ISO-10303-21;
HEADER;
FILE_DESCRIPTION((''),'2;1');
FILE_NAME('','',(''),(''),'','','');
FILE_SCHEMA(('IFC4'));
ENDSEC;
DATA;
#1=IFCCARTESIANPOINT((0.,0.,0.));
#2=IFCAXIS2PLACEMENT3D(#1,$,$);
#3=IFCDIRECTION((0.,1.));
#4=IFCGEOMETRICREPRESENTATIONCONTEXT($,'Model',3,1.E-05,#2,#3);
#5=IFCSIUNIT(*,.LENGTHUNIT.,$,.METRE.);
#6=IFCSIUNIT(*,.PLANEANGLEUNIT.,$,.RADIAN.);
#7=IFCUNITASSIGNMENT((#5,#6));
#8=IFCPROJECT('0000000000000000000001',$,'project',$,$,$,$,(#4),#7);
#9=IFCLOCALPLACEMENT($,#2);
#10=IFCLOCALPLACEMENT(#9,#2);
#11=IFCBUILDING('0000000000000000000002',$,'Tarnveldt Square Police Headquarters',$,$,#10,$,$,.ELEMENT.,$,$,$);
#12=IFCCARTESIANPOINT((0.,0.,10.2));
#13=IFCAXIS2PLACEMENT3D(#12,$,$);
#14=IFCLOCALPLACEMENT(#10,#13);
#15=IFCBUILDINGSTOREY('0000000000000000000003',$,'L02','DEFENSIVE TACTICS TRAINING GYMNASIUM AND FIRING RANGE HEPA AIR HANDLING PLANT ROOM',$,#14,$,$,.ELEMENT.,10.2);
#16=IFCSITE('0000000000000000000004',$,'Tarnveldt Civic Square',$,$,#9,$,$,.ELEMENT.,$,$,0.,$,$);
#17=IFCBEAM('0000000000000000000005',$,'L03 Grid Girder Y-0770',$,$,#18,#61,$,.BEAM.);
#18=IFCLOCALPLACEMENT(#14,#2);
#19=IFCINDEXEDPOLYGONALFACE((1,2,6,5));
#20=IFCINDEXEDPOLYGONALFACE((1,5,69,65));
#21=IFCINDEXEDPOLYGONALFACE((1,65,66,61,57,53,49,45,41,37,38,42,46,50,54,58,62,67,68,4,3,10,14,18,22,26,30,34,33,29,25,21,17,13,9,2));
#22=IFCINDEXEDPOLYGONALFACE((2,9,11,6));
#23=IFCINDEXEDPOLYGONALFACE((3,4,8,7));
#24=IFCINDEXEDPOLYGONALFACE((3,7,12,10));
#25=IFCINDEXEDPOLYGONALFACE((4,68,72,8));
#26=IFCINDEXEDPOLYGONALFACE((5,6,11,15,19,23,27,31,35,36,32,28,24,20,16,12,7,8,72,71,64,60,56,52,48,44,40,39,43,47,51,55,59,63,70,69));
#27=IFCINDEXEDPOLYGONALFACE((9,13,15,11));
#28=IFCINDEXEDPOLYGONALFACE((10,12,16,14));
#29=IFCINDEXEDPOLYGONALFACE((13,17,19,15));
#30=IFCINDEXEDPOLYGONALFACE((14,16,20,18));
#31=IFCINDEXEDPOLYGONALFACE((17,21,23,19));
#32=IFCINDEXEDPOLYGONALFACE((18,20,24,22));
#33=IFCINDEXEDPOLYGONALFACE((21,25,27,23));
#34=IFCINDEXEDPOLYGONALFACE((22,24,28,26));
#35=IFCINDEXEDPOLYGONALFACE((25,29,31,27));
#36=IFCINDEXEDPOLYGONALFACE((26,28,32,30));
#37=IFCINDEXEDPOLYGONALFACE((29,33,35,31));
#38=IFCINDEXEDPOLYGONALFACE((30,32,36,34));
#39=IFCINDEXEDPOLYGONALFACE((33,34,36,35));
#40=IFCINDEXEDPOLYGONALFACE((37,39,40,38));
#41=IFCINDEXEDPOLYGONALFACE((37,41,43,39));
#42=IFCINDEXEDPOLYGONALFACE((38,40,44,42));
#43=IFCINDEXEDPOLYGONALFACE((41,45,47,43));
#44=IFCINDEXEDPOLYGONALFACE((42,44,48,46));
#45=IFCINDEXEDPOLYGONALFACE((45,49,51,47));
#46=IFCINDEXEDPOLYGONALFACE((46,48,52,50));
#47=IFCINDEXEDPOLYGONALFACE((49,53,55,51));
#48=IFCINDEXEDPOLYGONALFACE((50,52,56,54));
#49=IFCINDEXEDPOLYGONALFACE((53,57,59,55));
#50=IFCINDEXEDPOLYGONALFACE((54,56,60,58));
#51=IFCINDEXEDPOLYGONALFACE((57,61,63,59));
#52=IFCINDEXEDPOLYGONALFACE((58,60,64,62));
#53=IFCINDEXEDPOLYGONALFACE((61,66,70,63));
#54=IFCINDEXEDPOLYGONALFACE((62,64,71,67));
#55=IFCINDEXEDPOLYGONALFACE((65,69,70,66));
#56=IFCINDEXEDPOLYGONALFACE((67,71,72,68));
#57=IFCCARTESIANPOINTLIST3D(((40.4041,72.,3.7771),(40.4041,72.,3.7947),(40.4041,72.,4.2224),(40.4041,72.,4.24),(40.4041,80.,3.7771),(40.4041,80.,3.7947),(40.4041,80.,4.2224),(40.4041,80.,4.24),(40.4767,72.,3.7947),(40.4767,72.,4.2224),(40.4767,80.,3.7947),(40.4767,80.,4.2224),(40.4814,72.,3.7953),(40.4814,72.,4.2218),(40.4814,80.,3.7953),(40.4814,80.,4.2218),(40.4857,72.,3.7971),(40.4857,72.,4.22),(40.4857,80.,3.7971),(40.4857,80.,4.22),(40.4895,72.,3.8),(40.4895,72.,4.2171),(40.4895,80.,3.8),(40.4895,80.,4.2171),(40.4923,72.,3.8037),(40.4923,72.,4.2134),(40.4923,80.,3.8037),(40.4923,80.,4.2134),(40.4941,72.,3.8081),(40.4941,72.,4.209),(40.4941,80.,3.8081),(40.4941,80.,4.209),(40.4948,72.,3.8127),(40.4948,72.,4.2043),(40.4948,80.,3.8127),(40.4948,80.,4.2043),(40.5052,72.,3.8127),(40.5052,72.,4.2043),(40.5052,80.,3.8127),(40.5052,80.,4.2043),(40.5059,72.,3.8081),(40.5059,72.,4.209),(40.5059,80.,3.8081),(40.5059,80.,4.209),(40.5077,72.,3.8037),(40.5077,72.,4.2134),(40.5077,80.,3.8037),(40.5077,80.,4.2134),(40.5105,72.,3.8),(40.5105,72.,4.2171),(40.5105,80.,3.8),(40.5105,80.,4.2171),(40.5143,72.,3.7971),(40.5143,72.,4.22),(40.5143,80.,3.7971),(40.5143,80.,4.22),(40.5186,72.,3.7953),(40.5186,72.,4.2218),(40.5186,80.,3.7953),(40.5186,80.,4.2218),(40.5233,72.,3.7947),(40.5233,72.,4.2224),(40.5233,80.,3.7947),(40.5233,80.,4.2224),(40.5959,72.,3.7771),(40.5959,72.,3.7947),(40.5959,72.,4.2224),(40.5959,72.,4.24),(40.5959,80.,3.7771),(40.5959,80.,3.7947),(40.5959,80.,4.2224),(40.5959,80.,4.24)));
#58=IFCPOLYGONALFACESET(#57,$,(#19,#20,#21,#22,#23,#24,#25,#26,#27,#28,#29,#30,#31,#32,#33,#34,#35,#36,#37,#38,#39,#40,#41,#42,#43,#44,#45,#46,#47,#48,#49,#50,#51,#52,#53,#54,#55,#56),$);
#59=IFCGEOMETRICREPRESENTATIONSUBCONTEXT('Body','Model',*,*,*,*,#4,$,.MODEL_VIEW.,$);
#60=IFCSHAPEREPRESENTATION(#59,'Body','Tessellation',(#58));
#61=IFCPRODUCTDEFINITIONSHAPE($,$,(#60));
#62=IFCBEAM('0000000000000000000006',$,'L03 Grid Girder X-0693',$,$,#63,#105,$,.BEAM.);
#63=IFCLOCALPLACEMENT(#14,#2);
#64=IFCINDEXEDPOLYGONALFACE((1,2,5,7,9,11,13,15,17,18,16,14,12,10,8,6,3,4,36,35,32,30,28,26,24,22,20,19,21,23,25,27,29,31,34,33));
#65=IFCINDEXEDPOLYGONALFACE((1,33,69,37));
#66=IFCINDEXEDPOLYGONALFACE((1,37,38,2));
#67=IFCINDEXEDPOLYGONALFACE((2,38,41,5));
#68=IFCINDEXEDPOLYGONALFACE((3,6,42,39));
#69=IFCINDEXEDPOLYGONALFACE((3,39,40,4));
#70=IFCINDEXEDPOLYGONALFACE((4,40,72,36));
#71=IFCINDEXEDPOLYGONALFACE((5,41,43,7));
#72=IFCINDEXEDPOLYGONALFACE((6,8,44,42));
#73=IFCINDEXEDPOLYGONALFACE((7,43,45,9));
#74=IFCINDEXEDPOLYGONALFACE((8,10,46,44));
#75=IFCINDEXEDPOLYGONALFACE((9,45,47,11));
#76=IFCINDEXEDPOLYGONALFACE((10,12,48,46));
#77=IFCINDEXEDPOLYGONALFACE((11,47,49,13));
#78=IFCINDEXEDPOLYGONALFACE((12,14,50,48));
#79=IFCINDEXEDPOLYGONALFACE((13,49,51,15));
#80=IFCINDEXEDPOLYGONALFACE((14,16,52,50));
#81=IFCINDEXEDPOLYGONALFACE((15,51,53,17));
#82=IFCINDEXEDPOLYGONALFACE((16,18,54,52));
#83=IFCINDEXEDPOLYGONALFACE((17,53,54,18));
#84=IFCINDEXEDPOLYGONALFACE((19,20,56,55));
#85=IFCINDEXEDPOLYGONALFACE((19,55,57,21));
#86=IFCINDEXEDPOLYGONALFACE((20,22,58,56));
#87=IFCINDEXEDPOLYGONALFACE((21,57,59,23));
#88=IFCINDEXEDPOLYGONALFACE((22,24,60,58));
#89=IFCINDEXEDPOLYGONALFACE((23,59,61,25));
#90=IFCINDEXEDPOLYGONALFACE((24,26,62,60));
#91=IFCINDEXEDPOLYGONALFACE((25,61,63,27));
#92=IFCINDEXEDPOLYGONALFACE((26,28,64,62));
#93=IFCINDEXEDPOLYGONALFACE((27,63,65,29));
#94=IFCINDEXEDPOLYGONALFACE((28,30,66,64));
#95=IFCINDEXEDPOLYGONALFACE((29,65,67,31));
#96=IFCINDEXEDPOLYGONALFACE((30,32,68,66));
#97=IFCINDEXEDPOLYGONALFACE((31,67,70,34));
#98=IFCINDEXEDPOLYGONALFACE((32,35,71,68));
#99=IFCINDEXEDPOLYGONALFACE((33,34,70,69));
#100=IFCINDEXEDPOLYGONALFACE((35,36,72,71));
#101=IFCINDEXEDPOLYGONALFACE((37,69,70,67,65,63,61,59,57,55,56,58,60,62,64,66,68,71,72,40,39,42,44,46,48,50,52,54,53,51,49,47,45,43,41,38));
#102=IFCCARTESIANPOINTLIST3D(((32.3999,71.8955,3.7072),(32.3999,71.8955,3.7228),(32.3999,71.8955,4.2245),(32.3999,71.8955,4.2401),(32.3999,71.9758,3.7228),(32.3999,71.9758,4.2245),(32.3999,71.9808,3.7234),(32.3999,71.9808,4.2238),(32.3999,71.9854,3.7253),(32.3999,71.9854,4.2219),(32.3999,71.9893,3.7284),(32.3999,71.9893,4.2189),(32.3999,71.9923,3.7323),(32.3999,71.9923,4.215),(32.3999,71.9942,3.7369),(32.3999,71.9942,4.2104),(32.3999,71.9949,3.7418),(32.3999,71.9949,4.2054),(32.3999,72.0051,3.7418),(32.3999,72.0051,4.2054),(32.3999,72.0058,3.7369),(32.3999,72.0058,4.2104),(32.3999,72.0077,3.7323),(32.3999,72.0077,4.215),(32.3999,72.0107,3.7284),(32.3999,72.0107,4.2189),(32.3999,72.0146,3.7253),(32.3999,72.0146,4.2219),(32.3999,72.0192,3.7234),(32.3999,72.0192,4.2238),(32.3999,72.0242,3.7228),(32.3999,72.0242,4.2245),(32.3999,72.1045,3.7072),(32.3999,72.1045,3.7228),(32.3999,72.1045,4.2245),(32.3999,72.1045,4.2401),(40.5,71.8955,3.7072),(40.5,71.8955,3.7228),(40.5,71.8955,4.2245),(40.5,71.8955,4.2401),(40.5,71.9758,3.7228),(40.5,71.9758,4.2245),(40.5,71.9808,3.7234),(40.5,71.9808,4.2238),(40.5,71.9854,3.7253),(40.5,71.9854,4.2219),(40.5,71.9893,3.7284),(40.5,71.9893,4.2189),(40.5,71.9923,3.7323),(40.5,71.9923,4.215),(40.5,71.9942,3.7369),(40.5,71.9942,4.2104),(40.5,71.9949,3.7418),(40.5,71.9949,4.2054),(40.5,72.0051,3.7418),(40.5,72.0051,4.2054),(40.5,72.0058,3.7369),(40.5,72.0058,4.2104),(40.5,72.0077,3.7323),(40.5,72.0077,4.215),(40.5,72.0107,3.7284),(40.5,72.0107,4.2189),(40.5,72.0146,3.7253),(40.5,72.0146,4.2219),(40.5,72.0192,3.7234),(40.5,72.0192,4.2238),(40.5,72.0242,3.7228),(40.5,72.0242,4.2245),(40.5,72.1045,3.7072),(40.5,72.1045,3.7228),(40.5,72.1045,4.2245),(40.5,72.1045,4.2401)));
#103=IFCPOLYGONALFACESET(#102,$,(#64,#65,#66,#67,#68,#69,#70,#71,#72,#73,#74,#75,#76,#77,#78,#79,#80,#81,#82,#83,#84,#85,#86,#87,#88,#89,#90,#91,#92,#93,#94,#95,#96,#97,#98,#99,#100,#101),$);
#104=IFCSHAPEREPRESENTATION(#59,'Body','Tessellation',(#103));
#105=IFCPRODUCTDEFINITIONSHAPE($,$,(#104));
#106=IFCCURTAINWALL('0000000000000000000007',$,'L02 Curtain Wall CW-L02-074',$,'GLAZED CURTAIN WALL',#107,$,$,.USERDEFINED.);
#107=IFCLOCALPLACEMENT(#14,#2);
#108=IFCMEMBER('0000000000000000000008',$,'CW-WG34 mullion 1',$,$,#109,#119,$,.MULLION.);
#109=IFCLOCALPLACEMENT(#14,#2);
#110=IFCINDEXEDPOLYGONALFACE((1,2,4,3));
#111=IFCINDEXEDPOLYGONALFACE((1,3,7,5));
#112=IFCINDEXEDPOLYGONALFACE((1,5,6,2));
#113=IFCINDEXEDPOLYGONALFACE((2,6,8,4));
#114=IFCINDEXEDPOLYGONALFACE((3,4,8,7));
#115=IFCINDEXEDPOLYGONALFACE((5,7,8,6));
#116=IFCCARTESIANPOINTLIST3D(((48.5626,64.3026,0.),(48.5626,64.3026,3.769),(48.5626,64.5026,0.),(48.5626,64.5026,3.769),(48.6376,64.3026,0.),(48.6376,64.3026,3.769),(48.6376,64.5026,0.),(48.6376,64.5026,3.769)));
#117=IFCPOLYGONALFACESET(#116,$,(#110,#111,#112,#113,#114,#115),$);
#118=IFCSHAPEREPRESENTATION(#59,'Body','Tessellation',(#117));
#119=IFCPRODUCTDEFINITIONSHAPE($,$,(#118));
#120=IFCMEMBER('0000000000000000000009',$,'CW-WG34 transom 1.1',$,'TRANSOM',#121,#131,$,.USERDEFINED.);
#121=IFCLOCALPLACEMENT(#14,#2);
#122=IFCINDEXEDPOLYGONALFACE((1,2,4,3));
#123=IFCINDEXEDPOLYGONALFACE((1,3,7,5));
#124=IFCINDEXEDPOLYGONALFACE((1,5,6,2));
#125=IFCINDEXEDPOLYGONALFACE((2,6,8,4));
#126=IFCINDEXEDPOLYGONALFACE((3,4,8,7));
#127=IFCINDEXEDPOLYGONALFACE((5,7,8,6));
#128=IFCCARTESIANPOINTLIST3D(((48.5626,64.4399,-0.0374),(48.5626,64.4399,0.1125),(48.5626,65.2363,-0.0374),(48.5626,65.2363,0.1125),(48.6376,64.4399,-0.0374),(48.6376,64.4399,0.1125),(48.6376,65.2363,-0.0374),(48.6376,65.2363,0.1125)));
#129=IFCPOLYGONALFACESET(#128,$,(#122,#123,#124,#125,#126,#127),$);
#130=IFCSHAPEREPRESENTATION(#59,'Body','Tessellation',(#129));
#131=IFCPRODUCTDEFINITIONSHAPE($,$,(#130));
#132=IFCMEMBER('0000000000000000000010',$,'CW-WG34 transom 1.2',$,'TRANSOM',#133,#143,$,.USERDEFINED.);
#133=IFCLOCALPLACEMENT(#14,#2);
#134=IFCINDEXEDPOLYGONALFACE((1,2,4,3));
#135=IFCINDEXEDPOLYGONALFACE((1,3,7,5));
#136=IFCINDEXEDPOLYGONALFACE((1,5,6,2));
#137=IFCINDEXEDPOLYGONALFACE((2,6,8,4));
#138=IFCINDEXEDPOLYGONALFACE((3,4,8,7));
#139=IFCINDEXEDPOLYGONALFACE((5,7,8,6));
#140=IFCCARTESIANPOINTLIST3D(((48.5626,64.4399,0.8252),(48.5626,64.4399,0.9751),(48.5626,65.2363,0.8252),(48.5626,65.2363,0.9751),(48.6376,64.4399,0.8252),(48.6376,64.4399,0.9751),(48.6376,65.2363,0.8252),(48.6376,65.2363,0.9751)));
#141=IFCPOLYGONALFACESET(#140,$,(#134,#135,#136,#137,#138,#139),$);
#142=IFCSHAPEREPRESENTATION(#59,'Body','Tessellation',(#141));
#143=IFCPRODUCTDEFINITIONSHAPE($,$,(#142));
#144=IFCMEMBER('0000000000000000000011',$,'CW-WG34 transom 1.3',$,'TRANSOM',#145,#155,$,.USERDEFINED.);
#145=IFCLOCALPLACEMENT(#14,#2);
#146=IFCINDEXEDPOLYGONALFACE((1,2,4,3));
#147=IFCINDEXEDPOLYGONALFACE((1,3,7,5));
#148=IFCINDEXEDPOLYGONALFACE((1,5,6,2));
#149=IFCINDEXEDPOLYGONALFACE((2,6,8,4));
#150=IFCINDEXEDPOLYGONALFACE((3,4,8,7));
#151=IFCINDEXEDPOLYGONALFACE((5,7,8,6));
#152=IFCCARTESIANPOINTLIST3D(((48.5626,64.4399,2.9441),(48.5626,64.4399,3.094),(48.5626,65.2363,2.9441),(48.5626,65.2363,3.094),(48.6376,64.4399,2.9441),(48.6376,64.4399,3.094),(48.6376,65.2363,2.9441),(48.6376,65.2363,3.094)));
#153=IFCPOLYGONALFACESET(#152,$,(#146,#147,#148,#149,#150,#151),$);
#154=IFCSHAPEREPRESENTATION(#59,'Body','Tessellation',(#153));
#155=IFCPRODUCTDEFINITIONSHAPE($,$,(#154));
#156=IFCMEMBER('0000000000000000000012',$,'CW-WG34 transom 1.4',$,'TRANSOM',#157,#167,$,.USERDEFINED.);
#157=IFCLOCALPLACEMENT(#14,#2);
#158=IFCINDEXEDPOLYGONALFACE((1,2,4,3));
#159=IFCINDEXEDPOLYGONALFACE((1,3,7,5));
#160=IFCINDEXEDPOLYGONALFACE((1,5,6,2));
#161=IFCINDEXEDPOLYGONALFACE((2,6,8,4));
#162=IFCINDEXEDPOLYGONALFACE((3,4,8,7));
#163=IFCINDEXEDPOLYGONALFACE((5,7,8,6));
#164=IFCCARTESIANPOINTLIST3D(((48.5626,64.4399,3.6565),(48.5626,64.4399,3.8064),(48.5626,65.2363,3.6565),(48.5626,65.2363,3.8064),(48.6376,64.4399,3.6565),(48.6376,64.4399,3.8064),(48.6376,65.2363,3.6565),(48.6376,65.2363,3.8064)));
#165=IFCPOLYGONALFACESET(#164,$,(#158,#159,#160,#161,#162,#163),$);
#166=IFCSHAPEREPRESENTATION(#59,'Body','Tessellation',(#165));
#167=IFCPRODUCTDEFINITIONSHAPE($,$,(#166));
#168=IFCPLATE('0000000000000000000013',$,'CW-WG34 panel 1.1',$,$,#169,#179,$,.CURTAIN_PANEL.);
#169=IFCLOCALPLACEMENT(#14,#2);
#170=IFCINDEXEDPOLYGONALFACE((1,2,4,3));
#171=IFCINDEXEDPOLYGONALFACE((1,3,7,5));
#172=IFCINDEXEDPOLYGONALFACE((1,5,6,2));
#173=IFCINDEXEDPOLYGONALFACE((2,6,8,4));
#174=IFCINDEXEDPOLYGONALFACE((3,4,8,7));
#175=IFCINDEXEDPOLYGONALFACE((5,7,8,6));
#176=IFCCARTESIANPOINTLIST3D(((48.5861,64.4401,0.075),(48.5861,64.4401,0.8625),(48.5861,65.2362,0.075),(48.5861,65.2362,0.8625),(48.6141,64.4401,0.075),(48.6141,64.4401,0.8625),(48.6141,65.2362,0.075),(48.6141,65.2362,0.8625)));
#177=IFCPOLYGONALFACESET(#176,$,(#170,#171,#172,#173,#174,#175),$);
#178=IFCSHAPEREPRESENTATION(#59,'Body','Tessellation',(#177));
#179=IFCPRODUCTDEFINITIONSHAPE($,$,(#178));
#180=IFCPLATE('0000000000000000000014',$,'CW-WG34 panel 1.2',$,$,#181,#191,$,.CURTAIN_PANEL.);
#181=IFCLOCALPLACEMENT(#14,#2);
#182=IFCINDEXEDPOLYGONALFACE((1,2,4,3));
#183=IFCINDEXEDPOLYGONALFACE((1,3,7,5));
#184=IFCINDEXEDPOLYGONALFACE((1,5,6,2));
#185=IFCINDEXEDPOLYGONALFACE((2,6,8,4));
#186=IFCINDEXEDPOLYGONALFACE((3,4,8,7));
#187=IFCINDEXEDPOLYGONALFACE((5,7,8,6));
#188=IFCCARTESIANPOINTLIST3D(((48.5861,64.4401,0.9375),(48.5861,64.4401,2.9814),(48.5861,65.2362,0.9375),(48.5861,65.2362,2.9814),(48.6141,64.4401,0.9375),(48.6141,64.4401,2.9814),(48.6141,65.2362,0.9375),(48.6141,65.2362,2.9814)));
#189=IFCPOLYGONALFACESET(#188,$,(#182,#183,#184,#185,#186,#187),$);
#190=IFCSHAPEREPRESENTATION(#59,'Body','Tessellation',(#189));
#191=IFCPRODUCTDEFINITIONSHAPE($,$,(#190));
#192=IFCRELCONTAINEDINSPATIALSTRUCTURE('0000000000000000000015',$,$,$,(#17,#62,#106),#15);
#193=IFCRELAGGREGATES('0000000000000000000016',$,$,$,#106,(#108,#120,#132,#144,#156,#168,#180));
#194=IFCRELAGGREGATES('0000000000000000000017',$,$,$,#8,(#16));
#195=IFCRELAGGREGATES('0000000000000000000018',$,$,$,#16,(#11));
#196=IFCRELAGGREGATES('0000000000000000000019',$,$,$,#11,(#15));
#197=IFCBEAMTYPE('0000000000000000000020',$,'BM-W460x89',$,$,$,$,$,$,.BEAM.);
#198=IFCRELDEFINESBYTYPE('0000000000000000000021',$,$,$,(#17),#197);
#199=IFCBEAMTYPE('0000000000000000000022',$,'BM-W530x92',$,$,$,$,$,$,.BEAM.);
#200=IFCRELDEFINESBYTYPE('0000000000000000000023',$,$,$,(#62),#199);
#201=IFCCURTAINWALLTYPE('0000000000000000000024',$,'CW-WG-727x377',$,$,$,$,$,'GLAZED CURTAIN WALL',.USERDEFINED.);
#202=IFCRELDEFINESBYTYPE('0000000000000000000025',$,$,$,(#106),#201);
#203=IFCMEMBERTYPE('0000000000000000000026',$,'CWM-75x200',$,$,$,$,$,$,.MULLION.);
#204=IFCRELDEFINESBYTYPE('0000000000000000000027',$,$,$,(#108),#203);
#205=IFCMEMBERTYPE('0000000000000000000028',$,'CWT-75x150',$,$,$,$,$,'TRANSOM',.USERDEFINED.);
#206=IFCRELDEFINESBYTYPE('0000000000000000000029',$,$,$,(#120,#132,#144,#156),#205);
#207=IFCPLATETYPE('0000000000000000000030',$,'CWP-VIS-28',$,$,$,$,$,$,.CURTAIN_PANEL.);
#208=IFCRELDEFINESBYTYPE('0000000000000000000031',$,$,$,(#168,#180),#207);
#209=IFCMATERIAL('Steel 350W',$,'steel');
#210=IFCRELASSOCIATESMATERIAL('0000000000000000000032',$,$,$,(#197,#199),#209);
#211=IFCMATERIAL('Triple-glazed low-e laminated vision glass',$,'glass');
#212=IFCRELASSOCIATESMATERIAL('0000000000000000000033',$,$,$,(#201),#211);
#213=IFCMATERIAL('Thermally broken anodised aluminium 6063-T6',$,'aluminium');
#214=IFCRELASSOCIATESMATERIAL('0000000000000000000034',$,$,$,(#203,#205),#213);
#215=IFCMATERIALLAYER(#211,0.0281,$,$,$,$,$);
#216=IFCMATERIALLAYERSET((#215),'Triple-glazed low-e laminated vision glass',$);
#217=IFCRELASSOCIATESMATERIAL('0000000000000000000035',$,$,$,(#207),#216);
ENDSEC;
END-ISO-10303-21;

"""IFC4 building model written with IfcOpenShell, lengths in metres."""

from ifc_helpers import new_model, si_unit, direction, frame, origin, origin_2d, place, context, subcontext, project, spatial, rectangle, i_section, extrude, material, layer, layer_set, material_profile, profile_set, type_object, element, aggregate, save


model = new_model("IFC4")

# Units and contexts
model_context = context("Model", 3, precision=1e-05, world=origin(), true_north=direction((0.0, 1.0)))
body_context = subcontext(model_context, "Body", "Model", "MODEL_VIEW")
ifc_project = project(units=[si_unit("LENGTHUNIT", "METRE"), si_unit("PLANEANGLEUNIT", "RADIAN")], contexts=[model_context])

# Site, building, storey
site_placement = place(None, origin())
site = spatial("IfcSite", under=ifc_project, at=site_placement, Name="Tarnveldt Civic Square", CompositionType="ELEMENT", RefElevation=0.0)
building_placement = place(site_placement, origin())
building = spatial("IfcBuilding", under=site, at=building_placement, Name="Tarnveldt Square Police Headquarters", CompositionType="ELEMENT")
storey_placement = place(building_placement, frame((0.0, 0.0, 10.2)))
storey = spatial("IfcBuildingStorey", under=building, at=storey_placement, Name="L02", Description="DEFENSIVE TACTICS TRAINING GYMNASIUM AND FIRING RANGE HEPA AIR HANDLING PLANT ROOM", CompositionType="ELEMENT", Elevation=10.2)

# Beams
ifc_material_1 = material(Name="Steel 350W", Category="steel")
ifc_material_profile_1 = material_profile(ifc_material_1, i_section(OverallWidth=0.1919, OverallDepth=0.4629, WebThickness=0.0105, FlangeThickness=0.0176, FilletRadius=0.0181, at=origin_2d()), Name="W460x89")
ifc_profile_set_1 = profile_set([ifc_material_profile_1], Name="Steel 350W")
beam_type_1 = type_object("IfcBeamType", Name="BM-W460x89", PredefinedType="BEAM", material=ifc_profile_set_1)
beam_1_placement = place(storey_placement, frame((40.5, 72.0, 4.0085), z_axis=(0.0, 1.0, 0.0), x_axis=(-1.0, 0.0, 0.0)))
element("IfcBeam", 1, at=beam_1_placement, inside=storey, type_object=beam_type_1, Name="L03 Grid Girder Y-0770", PredefinedType="BEAM", context=body_context, shape_type="SweptSolid", body=[
    extrude(i_section(OverallWidth=0.1919, OverallDepth=0.4629, WebThickness=0.0105, FlangeThickness=0.0176, FilletRadius=0.0181, at=origin_2d()), origin(), (0.0, 0.0, 1.0), 8.0),
])
ifc_material_profile_2 = material_profile(ifc_material_1, i_section(OverallWidth=0.209, OverallDepth=0.533, WebThickness=0.0103, FlangeThickness=0.0156, FilletRadius=0.019, at=origin_2d()), Name="W530x92")
ifc_profile_set_2 = profile_set([ifc_material_profile_2], Name="Steel 350W")
beam_type_2 = type_object("IfcBeamType", Name="BM-W530x92", PredefinedType="BEAM", material=ifc_profile_set_2)
beam_2_placement = place(storey_placement, frame((32.3999, 72.0, 3.9736), z_axis=(1.0, 0.0, 0.0), x_axis=(0.0, 1.0, 0.0)))
element("IfcBeam", 2, at=beam_2_placement, inside=storey, type_object=beam_type_2, Name="L03 Grid Girder X-0693", PredefinedType="BEAM", context=body_context, shape_type="SweptSolid", body=[
    extrude(i_section(OverallWidth=0.209, OverallDepth=0.533, WebThickness=0.0103, FlangeThickness=0.0156, FilletRadius=0.019, at=origin_2d()), origin(), (0.0, 0.0, 1.0), 8.1001),
])

# Curtain wall, members, plates
ifc_material_2 = material(Name="Triple-glazed low-e laminated vision glass", Category="glass")
curtain_wall_type = type_object("IfcCurtainWallType", Name="CW-WG-727x377", ElementType="GLAZED CURTAIN WALL", PredefinedType="USERDEFINED", material=ifc_material_2)
curtain_wall_placement = place(storey_placement, origin())
curtain_wall = element("IfcCurtainWall", 3, at=curtain_wall_placement, inside=storey, type_object=curtain_wall_type, Name="L02 Curtain Wall CW-L02-074", ObjectType="GLAZED CURTAIN WALL", PredefinedType="USERDEFINED")
ifc_material_3 = material(Name="Thermally broken anodised aluminium 6063-T6", Category="aluminium")
ifc_material_profile_3 = material_profile(ifc_material_3, rectangle(XDim=0.075, YDim=0.2, at=origin_2d()), Name="CW-M75x200")
ifc_profile_set_3 = profile_set([ifc_material_profile_3], Name="Thermally broken anodised aluminium 6063-T6")
member_type_1 = type_object("IfcMemberType", Name="CWM-75x200", PredefinedType="MULLION", material=ifc_profile_set_3)
member_1_placement = place(storey_placement, frame((48.6001, 64.4026, 0.0), z_axis=(0.0, 0.0, 1.0), x_axis=(-1.0, 0.0, 0.0)))
member_1 = element("IfcMember", 4, at=member_1_placement, type_object=member_type_1, Name="CW-WG34 mullion 1", PredefinedType="MULLION", context=body_context, shape_type="SweptSolid", body=[
    extrude(rectangle(XDim=0.075, YDim=0.2, at=origin_2d()), origin(), (0.0, 0.0, 1.0), 3.769),
])
ifc_material_profile_4 = material_profile(ifc_material_3, rectangle(XDim=0.075, YDim=0.1499, at=origin_2d()), Name="CW-T75x150")
ifc_profile_set_4 = profile_set([ifc_material_profile_4], Name="Thermally broken anodised aluminium 6063-T6")
member_type_2 = type_object("IfcMemberType", Name="CWT-75x150", ElementType="TRANSOM", PredefinedType="USERDEFINED", material=ifc_profile_set_4)
member_2_placement = place(storey_placement, frame((48.6001, 64.4399, 0.0376), z_axis=(0.0, 1.0, 0.0), x_axis=(-1.0, 0.0, 0.0)))
member_2 = element("IfcMember", 5, at=member_2_placement, type_object=member_type_2, Name="CW-WG34 transom 1.1", ObjectType="TRANSOM", PredefinedType="USERDEFINED", context=body_context, shape_type="SweptSolid", body=[
    extrude(rectangle(XDim=0.075, YDim=0.1499, at=origin_2d()), origin(), (0.0, 0.0, 1.0), 0.7964),
])
member_3_placement = place(storey_placement, frame((48.6001, 64.4399, 0.9001), z_axis=(0.0, 1.0, 0.0), x_axis=(-1.0, 0.0, 0.0)))
member_3 = element("IfcMember", 6, at=member_3_placement, type_object=member_type_2, Name="CW-WG34 transom 1.2", ObjectType="TRANSOM", PredefinedType="USERDEFINED", context=body_context, shape_type="SweptSolid", body=[
    extrude(rectangle(XDim=0.075, YDim=0.1499, at=origin_2d()), origin(), (0.0, 0.0, 1.0), 0.7964),
])
member_4_placement = place(storey_placement, frame((48.6001, 64.4399, 3.019), z_axis=(0.0, 1.0, 0.0), x_axis=(-1.0, 0.0, 0.0)))
member_4 = element("IfcMember", 7, at=member_4_placement, type_object=member_type_2, Name="CW-WG34 transom 1.3", ObjectType="TRANSOM", PredefinedType="USERDEFINED", context=body_context, shape_type="SweptSolid", body=[
    extrude(rectangle(XDim=0.075, YDim=0.1499, at=origin_2d()), origin(), (0.0, 0.0, 1.0), 0.7964),
])
member_5_placement = place(storey_placement, frame((48.6001, 64.4399, 3.7314), z_axis=(0.0, 1.0, 0.0), x_axis=(-1.0, 0.0, 0.0)))
member_5 = element("IfcMember", 8, at=member_5_placement, type_object=member_type_2, Name="CW-WG34 transom 1.4", ObjectType="TRANSOM", PredefinedType="USERDEFINED", context=body_context, shape_type="SweptSolid", body=[
    extrude(rectangle(XDim=0.075, YDim=0.1499, at=origin_2d()), origin(), (0.0, 0.0, 1.0), 0.7964),
])
ifc_layer_1 = layer(ifc_material_2, 0.0281)
ifc_layer_set_1 = layer_set([ifc_layer_1], Name="Triple-glazed low-e laminated vision glass")
plate_type = type_object("IfcPlateType", Name="CWP-VIS-28", PredefinedType="CURTAIN_PANEL", material=ifc_layer_set_1)
plate_1_placement = place(storey_placement, frame((48.6001, 64.8381, 0.075), z_axis=(0.0, 0.0, 1.0), x_axis=(0.0, 1.0, 0.0)))
plate_1 = element("IfcPlate", 9, at=plate_1_placement, type_object=plate_type, Name="CW-WG34 panel 1.1", PredefinedType="CURTAIN_PANEL", context=body_context, shape_type="SweptSolid", body=[
    extrude(rectangle(XDim=0.7961, YDim=0.0281, at=origin_2d()), origin(), (0.0, 0.0, 1.0), 0.7876),
])
plate_2_placement = place(storey_placement, frame((48.6001, 64.8381, 0.9375), z_axis=(0.0, 0.0, 1.0), x_axis=(0.0, 1.0, 0.0)))
plate_2 = element("IfcPlate", 10, at=plate_2_placement, type_object=plate_type, Name="CW-WG34 panel 1.2", PredefinedType="CURTAIN_PANEL", context=body_context, shape_type="SweptSolid", body=[
    extrude(rectangle(XDim=0.7961, YDim=0.0281, at=origin_2d()), origin(), (0.0, 0.0, 1.0), 2.0439),
])
aggregate(curtain_wall, [member_1, member_2, member_3, member_4, member_5, plate_1, plate_2])

save(model, "model.ifc")
